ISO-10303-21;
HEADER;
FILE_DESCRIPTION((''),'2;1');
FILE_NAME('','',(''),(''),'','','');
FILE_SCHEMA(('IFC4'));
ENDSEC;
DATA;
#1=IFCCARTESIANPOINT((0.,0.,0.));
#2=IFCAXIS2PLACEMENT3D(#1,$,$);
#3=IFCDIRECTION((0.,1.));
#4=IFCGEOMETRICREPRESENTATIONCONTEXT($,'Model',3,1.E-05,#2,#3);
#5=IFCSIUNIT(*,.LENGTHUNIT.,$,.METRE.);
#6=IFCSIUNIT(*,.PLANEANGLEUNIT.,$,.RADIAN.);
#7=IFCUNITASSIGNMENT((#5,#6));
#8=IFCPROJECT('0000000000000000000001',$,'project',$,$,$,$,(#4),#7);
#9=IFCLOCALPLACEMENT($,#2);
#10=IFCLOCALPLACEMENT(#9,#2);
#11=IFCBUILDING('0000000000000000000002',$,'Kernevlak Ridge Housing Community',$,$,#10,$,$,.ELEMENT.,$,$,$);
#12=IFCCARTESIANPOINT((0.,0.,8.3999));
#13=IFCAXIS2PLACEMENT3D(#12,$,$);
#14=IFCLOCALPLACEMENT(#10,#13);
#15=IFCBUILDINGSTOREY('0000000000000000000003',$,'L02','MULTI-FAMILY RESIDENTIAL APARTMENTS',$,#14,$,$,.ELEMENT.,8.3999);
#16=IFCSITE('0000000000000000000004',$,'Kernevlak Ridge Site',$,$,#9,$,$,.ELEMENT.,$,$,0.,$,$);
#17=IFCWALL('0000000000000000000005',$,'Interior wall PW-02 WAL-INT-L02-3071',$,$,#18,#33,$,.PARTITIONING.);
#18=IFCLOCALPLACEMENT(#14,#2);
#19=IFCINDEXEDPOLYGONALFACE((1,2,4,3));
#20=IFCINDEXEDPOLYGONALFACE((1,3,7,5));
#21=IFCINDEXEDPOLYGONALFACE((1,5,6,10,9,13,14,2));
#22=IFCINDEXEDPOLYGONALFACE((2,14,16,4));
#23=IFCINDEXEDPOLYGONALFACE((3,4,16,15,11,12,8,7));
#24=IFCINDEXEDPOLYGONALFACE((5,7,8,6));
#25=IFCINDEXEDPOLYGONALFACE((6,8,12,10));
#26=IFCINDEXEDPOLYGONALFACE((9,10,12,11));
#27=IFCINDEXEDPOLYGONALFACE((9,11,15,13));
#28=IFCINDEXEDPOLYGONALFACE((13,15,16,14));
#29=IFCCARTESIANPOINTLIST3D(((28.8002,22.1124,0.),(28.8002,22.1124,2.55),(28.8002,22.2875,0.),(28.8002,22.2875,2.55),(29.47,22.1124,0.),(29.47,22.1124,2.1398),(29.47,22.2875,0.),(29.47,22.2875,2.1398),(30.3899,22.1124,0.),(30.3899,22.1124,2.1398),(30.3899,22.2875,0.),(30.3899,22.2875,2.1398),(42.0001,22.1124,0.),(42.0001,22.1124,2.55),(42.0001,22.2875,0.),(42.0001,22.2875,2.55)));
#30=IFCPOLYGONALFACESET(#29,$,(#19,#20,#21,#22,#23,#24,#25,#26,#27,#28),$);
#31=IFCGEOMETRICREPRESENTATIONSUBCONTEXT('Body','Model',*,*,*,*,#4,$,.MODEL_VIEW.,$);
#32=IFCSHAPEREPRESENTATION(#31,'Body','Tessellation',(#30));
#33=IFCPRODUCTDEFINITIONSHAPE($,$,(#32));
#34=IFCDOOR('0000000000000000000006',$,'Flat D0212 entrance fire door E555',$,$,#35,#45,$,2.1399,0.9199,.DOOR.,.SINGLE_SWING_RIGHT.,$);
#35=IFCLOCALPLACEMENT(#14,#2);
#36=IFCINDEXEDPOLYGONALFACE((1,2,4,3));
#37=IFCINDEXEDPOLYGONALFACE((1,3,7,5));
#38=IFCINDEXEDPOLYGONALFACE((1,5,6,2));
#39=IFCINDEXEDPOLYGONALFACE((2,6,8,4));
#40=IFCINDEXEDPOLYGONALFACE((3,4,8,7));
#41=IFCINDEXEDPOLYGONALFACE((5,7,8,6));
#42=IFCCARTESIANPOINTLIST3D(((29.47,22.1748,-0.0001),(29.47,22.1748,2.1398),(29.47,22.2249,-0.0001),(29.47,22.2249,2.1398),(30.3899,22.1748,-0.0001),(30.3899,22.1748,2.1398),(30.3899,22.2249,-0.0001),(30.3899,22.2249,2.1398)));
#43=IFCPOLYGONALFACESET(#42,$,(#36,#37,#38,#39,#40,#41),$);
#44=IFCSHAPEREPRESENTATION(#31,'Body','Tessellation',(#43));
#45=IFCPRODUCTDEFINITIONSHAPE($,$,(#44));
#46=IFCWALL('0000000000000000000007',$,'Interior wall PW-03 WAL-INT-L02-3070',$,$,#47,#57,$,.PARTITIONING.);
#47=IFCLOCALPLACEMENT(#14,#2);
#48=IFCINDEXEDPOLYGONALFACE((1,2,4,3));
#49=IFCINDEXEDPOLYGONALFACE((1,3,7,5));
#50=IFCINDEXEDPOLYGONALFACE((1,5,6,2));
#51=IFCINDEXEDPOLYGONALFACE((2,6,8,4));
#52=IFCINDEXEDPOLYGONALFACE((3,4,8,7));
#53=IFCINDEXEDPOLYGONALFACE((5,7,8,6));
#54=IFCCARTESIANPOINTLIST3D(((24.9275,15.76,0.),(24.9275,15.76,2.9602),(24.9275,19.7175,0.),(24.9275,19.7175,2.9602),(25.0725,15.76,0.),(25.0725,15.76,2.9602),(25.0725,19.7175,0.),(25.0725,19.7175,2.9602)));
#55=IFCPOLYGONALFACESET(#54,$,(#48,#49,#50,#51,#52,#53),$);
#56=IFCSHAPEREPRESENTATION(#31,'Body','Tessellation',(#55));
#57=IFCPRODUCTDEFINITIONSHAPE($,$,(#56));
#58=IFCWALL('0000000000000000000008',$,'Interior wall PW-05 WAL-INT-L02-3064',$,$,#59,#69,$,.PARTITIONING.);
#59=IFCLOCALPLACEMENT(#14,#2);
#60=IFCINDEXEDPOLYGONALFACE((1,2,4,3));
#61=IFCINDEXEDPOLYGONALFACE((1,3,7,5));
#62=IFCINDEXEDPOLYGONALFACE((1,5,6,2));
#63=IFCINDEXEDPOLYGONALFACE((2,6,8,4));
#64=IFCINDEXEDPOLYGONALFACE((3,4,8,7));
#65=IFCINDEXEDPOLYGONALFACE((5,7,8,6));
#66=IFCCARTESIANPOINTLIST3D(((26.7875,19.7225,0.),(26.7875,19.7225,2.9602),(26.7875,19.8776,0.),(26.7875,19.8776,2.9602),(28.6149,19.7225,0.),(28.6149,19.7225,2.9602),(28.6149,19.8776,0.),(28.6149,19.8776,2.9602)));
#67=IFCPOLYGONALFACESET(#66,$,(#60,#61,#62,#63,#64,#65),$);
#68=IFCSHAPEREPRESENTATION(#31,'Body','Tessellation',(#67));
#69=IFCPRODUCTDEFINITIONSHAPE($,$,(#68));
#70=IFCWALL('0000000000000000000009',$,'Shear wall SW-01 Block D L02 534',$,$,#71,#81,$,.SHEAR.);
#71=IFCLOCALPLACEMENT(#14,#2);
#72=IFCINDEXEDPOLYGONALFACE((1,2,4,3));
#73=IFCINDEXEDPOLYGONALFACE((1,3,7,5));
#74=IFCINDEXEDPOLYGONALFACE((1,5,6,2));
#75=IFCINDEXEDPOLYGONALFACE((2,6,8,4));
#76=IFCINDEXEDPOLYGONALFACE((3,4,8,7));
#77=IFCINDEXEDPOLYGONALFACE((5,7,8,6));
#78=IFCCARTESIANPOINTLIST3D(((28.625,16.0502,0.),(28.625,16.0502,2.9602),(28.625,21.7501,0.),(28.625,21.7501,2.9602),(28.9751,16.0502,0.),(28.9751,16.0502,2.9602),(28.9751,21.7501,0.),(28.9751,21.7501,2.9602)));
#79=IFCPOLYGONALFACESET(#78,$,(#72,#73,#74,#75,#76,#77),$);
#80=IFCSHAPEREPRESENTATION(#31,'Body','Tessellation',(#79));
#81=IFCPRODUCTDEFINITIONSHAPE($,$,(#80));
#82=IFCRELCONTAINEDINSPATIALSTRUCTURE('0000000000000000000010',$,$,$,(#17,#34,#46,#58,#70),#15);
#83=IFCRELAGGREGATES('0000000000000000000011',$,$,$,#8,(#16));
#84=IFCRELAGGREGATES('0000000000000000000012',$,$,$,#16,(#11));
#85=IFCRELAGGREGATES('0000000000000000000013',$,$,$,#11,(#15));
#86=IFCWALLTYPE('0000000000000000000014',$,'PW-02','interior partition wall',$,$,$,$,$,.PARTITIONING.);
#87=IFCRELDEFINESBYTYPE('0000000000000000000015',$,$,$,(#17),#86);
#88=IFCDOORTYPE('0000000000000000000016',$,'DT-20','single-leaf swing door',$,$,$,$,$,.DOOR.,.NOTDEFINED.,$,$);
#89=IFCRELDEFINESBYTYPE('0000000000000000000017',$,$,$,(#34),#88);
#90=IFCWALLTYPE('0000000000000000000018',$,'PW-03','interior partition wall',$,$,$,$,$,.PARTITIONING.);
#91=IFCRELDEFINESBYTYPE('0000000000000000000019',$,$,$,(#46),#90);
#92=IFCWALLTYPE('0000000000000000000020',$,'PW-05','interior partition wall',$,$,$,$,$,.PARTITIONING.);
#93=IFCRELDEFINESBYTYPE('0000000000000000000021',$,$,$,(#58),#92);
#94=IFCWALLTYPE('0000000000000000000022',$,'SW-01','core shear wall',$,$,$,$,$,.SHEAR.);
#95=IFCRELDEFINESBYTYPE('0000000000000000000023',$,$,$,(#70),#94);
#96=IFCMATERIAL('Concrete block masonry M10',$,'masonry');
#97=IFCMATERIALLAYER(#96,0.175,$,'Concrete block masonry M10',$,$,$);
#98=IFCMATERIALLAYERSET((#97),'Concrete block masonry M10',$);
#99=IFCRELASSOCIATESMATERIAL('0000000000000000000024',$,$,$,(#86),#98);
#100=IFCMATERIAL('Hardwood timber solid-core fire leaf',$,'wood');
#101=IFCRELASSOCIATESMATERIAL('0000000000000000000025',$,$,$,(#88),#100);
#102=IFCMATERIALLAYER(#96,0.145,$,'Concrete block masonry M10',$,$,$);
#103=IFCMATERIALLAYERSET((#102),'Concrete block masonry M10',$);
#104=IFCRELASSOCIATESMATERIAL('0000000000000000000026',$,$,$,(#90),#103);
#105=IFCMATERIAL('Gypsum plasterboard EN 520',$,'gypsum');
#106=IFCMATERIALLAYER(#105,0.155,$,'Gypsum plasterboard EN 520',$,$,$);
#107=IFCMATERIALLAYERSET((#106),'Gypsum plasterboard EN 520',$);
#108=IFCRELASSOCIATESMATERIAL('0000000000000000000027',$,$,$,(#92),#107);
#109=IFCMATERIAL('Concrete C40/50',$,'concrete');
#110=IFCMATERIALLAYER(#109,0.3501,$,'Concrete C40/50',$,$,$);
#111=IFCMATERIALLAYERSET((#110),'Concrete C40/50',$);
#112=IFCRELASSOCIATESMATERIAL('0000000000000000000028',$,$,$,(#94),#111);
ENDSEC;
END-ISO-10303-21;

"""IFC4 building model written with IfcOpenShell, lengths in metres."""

from ifc_helpers import new_model, si_unit, direction, frame, frame_2d, origin, place, context, subcontext, project, spatial, rectangle, extrude, material, layer, layer_set, type_object, element, fill, save


model = new_model("IFC4")

# Units and contexts
model_context = context("Model", 3, precision=1e-05, world=origin(), true_north=direction((0.0, 1.0)))
body_context = subcontext(model_context, "Body", "Model", "MODEL_VIEW")
ifc_project = project(units=[si_unit("LENGTHUNIT", "METRE"), si_unit("PLANEANGLEUNIT", "RADIAN")], contexts=[model_context])

# Site, building, storey
site_placement = place(None, origin())
site = spatial("IfcSite", under=ifc_project, at=site_placement, Name="Kernevlak Ridge Site", CompositionType="ELEMENT", RefElevation=0.0)
building_placement = place(site_placement, origin())
building = spatial("IfcBuilding", under=site, at=building_placement, Name="Kernevlak Ridge Housing Community", CompositionType="ELEMENT")
storey_placement = place(building_placement, frame((0.0, 0.0, 8.3999)))
storey = spatial("IfcBuildingStorey", under=building, at=storey_placement, Name="L02", Description="MULTI-FAMILY RESIDENTIAL APARTMENTS", CompositionType="ELEMENT", Elevation=8.3999)

# Shared definitions
ifc_material_1 = material(Name="Concrete block masonry M10", Category="masonry")

# Wall, opening, door
ifc_layer_1 = layer(ifc_material_1, 0.175, Name="Concrete block masonry M10")
ifc_layer_set_1 = layer_set([ifc_layer_1], Name="Concrete block masonry M10")
wall_type_1 = type_object("IfcWallType", Name="PW-02", Description="interior partition wall", PredefinedType="PARTITIONING", material=ifc_layer_set_1)
wall_1_placement = place(storey_placement, frame((28.8, 22.2, 0.0), z_axis=(0.0, 0.0, 1.0), x_axis=(1.0, 0.0, 0.0)))
wall_1 = element("IfcWall", 1, at=wall_1_placement, inside=storey, type_object=wall_type_1, Name="Interior wall PW-02 WAL-INT-L02-3071", PredefinedType="PARTITIONING", context=body_context, shape_type="SweptSolid", body=[
    extrude(rectangle(XDim=13.2, YDim=0.175, at=frame_2d((6.6001, 0.0))), origin(), (0.0, 0.0, 1.0), 2.55),
])
opening_1_placement = place(wall_1_placement, frame((0.6699, 0.0, 0.0)))
opening_1 = element("IfcOpeningElement", 2, at=opening_1_placement, cuts=wall_1, PredefinedType="OPENING", context=body_context, shape_type="SweptSolid", body=[
    extrude(rectangle(XDim=0.9199, YDim=2.1399, at=frame_2d((0.46, 1.0698))), frame((0.0, 0.0974, 0.0), z_axis=(0.0, -1.0, 0.0), x_axis=(1.0, 0.0, 0.0)), (0.0, 0.0, 1.0), 0.1951),
])
ifc_material_2 = material(Name="Hardwood timber solid-core fire leaf", Category="wood")
door_type_1 = type_object("IfcDoorType", Name="DT-20", Description="single-leaf swing door", OperationType="NOTDEFINED", PredefinedType="DOOR", material=ifc_material_2)
door_1_placement = place(opening_1_placement, origin())
door_1 = element("IfcDoor", 3, at=door_1_placement, inside=storey, type_object=door_type_1, Name="Flat D0212 entrance fire door E555", OperationType="SINGLE_SWING_RIGHT", OverallHeight=2.1399, OverallWidth=0.9199, PredefinedType="DOOR", context=body_context, shape_type="SweptSolid", body=[
    extrude(rectangle(XDim=0.9199, YDim=2.1399, at=frame_2d((0.46, 1.0698))), frame((0.0, 0.0249, 0.0), z_axis=(0.0, -1.0, 0.0), x_axis=(1.0, 0.0, 0.0)), (0.0, 0.0, 1.0), 0.05),
])
fill(opening_1, door_1)

# Wall
ifc_layer_2 = layer(ifc_material_1, 0.145, Name="Concrete block masonry M10")
ifc_layer_set_2 = layer_set([ifc_layer_2], Name="Concrete block masonry M10")
wall_type_2 = type_object("IfcWallType", Name="PW-03", Description="interior partition wall", PredefinedType="PARTITIONING", material=ifc_layer_set_2)
wall_2_placement = place(storey_placement, frame((25.0, 19.7175, 0.0), z_axis=(0.0, 0.0, 1.0), x_axis=(0.0, -1.0, 0.0)))
element("IfcWall", 4, at=wall_2_placement, inside=storey, type_object=wall_type_2, Name="Interior wall PW-03 WAL-INT-L02-3070", PredefinedType="PARTITIONING", context=body_context, shape_type="SweptSolid", body=[
    extrude(rectangle(XDim=3.9575, YDim=0.145, at=frame_2d((1.9788, 0.0))), origin(), (0.0, 0.0, 1.0), 2.9602),
])

# Shared definitions
ifc_material_3 = material(Name="Gypsum plasterboard EN 520", Category="gypsum")
ifc_layer_3 = layer(ifc_material_3, 0.155, Name="Gypsum plasterboard EN 520")
ifc_layer_set_3 = layer_set([ifc_layer_3], Name="Gypsum plasterboard EN 520")
wall_type_3 = type_object("IfcWallType", Name="PW-05", Description="interior partition wall", PredefinedType="PARTITIONING", material=ifc_layer_set_3)

# Walls
wall_3_placement = place(storey_placement, frame((26.7876, 19.8, 0.0), z_axis=(0.0, 0.0, 1.0), x_axis=(1.0, 0.0, 0.0)))
element("IfcWall", 5, at=wall_3_placement, inside=storey, type_object=wall_type_3, Name="Interior wall PW-05 WAL-INT-L02-3064", PredefinedType="PARTITIONING", context=body_context, shape_type="SweptSolid", body=[
    extrude(rectangle(XDim=1.8274, YDim=0.155, at=frame_2d((0.9136, 0.0))), origin(), (0.0, 0.0, 1.0), 2.9602),
])
ifc_material_4 = material(Name="Concrete C40/50", Category="concrete")
ifc_layer_4 = layer(ifc_material_4, 0.3501, Name="Concrete C40/50")
ifc_layer_set_4 = layer_set([ifc_layer_4], Name="Concrete C40/50")
wall_type_4 = type_object("IfcWallType", Name="SW-01", Description="core shear wall", PredefinedType="SHEAR", material=ifc_layer_set_4)
wall_4_placement = place(storey_placement, frame((28.8, 16.05, 0.0), z_axis=(0.0, 0.0, 1.0), x_axis=(0.0, 1.0, 0.0)))
element("IfcWall", 6, at=wall_4_placement, inside=storey, type_object=wall_type_4, Name="Shear wall SW-01 Block D L02 534", PredefinedType="SHEAR", context=body_context, shape_type="SweptSolid", body=[
    extrude(rectangle(XDim=5.7, YDim=0.3501, at=frame_2d((2.8501, 0.0))), origin(), (0.0, 0.0, 1.0), 2.9602),
])

save(model, "model.ifc")
